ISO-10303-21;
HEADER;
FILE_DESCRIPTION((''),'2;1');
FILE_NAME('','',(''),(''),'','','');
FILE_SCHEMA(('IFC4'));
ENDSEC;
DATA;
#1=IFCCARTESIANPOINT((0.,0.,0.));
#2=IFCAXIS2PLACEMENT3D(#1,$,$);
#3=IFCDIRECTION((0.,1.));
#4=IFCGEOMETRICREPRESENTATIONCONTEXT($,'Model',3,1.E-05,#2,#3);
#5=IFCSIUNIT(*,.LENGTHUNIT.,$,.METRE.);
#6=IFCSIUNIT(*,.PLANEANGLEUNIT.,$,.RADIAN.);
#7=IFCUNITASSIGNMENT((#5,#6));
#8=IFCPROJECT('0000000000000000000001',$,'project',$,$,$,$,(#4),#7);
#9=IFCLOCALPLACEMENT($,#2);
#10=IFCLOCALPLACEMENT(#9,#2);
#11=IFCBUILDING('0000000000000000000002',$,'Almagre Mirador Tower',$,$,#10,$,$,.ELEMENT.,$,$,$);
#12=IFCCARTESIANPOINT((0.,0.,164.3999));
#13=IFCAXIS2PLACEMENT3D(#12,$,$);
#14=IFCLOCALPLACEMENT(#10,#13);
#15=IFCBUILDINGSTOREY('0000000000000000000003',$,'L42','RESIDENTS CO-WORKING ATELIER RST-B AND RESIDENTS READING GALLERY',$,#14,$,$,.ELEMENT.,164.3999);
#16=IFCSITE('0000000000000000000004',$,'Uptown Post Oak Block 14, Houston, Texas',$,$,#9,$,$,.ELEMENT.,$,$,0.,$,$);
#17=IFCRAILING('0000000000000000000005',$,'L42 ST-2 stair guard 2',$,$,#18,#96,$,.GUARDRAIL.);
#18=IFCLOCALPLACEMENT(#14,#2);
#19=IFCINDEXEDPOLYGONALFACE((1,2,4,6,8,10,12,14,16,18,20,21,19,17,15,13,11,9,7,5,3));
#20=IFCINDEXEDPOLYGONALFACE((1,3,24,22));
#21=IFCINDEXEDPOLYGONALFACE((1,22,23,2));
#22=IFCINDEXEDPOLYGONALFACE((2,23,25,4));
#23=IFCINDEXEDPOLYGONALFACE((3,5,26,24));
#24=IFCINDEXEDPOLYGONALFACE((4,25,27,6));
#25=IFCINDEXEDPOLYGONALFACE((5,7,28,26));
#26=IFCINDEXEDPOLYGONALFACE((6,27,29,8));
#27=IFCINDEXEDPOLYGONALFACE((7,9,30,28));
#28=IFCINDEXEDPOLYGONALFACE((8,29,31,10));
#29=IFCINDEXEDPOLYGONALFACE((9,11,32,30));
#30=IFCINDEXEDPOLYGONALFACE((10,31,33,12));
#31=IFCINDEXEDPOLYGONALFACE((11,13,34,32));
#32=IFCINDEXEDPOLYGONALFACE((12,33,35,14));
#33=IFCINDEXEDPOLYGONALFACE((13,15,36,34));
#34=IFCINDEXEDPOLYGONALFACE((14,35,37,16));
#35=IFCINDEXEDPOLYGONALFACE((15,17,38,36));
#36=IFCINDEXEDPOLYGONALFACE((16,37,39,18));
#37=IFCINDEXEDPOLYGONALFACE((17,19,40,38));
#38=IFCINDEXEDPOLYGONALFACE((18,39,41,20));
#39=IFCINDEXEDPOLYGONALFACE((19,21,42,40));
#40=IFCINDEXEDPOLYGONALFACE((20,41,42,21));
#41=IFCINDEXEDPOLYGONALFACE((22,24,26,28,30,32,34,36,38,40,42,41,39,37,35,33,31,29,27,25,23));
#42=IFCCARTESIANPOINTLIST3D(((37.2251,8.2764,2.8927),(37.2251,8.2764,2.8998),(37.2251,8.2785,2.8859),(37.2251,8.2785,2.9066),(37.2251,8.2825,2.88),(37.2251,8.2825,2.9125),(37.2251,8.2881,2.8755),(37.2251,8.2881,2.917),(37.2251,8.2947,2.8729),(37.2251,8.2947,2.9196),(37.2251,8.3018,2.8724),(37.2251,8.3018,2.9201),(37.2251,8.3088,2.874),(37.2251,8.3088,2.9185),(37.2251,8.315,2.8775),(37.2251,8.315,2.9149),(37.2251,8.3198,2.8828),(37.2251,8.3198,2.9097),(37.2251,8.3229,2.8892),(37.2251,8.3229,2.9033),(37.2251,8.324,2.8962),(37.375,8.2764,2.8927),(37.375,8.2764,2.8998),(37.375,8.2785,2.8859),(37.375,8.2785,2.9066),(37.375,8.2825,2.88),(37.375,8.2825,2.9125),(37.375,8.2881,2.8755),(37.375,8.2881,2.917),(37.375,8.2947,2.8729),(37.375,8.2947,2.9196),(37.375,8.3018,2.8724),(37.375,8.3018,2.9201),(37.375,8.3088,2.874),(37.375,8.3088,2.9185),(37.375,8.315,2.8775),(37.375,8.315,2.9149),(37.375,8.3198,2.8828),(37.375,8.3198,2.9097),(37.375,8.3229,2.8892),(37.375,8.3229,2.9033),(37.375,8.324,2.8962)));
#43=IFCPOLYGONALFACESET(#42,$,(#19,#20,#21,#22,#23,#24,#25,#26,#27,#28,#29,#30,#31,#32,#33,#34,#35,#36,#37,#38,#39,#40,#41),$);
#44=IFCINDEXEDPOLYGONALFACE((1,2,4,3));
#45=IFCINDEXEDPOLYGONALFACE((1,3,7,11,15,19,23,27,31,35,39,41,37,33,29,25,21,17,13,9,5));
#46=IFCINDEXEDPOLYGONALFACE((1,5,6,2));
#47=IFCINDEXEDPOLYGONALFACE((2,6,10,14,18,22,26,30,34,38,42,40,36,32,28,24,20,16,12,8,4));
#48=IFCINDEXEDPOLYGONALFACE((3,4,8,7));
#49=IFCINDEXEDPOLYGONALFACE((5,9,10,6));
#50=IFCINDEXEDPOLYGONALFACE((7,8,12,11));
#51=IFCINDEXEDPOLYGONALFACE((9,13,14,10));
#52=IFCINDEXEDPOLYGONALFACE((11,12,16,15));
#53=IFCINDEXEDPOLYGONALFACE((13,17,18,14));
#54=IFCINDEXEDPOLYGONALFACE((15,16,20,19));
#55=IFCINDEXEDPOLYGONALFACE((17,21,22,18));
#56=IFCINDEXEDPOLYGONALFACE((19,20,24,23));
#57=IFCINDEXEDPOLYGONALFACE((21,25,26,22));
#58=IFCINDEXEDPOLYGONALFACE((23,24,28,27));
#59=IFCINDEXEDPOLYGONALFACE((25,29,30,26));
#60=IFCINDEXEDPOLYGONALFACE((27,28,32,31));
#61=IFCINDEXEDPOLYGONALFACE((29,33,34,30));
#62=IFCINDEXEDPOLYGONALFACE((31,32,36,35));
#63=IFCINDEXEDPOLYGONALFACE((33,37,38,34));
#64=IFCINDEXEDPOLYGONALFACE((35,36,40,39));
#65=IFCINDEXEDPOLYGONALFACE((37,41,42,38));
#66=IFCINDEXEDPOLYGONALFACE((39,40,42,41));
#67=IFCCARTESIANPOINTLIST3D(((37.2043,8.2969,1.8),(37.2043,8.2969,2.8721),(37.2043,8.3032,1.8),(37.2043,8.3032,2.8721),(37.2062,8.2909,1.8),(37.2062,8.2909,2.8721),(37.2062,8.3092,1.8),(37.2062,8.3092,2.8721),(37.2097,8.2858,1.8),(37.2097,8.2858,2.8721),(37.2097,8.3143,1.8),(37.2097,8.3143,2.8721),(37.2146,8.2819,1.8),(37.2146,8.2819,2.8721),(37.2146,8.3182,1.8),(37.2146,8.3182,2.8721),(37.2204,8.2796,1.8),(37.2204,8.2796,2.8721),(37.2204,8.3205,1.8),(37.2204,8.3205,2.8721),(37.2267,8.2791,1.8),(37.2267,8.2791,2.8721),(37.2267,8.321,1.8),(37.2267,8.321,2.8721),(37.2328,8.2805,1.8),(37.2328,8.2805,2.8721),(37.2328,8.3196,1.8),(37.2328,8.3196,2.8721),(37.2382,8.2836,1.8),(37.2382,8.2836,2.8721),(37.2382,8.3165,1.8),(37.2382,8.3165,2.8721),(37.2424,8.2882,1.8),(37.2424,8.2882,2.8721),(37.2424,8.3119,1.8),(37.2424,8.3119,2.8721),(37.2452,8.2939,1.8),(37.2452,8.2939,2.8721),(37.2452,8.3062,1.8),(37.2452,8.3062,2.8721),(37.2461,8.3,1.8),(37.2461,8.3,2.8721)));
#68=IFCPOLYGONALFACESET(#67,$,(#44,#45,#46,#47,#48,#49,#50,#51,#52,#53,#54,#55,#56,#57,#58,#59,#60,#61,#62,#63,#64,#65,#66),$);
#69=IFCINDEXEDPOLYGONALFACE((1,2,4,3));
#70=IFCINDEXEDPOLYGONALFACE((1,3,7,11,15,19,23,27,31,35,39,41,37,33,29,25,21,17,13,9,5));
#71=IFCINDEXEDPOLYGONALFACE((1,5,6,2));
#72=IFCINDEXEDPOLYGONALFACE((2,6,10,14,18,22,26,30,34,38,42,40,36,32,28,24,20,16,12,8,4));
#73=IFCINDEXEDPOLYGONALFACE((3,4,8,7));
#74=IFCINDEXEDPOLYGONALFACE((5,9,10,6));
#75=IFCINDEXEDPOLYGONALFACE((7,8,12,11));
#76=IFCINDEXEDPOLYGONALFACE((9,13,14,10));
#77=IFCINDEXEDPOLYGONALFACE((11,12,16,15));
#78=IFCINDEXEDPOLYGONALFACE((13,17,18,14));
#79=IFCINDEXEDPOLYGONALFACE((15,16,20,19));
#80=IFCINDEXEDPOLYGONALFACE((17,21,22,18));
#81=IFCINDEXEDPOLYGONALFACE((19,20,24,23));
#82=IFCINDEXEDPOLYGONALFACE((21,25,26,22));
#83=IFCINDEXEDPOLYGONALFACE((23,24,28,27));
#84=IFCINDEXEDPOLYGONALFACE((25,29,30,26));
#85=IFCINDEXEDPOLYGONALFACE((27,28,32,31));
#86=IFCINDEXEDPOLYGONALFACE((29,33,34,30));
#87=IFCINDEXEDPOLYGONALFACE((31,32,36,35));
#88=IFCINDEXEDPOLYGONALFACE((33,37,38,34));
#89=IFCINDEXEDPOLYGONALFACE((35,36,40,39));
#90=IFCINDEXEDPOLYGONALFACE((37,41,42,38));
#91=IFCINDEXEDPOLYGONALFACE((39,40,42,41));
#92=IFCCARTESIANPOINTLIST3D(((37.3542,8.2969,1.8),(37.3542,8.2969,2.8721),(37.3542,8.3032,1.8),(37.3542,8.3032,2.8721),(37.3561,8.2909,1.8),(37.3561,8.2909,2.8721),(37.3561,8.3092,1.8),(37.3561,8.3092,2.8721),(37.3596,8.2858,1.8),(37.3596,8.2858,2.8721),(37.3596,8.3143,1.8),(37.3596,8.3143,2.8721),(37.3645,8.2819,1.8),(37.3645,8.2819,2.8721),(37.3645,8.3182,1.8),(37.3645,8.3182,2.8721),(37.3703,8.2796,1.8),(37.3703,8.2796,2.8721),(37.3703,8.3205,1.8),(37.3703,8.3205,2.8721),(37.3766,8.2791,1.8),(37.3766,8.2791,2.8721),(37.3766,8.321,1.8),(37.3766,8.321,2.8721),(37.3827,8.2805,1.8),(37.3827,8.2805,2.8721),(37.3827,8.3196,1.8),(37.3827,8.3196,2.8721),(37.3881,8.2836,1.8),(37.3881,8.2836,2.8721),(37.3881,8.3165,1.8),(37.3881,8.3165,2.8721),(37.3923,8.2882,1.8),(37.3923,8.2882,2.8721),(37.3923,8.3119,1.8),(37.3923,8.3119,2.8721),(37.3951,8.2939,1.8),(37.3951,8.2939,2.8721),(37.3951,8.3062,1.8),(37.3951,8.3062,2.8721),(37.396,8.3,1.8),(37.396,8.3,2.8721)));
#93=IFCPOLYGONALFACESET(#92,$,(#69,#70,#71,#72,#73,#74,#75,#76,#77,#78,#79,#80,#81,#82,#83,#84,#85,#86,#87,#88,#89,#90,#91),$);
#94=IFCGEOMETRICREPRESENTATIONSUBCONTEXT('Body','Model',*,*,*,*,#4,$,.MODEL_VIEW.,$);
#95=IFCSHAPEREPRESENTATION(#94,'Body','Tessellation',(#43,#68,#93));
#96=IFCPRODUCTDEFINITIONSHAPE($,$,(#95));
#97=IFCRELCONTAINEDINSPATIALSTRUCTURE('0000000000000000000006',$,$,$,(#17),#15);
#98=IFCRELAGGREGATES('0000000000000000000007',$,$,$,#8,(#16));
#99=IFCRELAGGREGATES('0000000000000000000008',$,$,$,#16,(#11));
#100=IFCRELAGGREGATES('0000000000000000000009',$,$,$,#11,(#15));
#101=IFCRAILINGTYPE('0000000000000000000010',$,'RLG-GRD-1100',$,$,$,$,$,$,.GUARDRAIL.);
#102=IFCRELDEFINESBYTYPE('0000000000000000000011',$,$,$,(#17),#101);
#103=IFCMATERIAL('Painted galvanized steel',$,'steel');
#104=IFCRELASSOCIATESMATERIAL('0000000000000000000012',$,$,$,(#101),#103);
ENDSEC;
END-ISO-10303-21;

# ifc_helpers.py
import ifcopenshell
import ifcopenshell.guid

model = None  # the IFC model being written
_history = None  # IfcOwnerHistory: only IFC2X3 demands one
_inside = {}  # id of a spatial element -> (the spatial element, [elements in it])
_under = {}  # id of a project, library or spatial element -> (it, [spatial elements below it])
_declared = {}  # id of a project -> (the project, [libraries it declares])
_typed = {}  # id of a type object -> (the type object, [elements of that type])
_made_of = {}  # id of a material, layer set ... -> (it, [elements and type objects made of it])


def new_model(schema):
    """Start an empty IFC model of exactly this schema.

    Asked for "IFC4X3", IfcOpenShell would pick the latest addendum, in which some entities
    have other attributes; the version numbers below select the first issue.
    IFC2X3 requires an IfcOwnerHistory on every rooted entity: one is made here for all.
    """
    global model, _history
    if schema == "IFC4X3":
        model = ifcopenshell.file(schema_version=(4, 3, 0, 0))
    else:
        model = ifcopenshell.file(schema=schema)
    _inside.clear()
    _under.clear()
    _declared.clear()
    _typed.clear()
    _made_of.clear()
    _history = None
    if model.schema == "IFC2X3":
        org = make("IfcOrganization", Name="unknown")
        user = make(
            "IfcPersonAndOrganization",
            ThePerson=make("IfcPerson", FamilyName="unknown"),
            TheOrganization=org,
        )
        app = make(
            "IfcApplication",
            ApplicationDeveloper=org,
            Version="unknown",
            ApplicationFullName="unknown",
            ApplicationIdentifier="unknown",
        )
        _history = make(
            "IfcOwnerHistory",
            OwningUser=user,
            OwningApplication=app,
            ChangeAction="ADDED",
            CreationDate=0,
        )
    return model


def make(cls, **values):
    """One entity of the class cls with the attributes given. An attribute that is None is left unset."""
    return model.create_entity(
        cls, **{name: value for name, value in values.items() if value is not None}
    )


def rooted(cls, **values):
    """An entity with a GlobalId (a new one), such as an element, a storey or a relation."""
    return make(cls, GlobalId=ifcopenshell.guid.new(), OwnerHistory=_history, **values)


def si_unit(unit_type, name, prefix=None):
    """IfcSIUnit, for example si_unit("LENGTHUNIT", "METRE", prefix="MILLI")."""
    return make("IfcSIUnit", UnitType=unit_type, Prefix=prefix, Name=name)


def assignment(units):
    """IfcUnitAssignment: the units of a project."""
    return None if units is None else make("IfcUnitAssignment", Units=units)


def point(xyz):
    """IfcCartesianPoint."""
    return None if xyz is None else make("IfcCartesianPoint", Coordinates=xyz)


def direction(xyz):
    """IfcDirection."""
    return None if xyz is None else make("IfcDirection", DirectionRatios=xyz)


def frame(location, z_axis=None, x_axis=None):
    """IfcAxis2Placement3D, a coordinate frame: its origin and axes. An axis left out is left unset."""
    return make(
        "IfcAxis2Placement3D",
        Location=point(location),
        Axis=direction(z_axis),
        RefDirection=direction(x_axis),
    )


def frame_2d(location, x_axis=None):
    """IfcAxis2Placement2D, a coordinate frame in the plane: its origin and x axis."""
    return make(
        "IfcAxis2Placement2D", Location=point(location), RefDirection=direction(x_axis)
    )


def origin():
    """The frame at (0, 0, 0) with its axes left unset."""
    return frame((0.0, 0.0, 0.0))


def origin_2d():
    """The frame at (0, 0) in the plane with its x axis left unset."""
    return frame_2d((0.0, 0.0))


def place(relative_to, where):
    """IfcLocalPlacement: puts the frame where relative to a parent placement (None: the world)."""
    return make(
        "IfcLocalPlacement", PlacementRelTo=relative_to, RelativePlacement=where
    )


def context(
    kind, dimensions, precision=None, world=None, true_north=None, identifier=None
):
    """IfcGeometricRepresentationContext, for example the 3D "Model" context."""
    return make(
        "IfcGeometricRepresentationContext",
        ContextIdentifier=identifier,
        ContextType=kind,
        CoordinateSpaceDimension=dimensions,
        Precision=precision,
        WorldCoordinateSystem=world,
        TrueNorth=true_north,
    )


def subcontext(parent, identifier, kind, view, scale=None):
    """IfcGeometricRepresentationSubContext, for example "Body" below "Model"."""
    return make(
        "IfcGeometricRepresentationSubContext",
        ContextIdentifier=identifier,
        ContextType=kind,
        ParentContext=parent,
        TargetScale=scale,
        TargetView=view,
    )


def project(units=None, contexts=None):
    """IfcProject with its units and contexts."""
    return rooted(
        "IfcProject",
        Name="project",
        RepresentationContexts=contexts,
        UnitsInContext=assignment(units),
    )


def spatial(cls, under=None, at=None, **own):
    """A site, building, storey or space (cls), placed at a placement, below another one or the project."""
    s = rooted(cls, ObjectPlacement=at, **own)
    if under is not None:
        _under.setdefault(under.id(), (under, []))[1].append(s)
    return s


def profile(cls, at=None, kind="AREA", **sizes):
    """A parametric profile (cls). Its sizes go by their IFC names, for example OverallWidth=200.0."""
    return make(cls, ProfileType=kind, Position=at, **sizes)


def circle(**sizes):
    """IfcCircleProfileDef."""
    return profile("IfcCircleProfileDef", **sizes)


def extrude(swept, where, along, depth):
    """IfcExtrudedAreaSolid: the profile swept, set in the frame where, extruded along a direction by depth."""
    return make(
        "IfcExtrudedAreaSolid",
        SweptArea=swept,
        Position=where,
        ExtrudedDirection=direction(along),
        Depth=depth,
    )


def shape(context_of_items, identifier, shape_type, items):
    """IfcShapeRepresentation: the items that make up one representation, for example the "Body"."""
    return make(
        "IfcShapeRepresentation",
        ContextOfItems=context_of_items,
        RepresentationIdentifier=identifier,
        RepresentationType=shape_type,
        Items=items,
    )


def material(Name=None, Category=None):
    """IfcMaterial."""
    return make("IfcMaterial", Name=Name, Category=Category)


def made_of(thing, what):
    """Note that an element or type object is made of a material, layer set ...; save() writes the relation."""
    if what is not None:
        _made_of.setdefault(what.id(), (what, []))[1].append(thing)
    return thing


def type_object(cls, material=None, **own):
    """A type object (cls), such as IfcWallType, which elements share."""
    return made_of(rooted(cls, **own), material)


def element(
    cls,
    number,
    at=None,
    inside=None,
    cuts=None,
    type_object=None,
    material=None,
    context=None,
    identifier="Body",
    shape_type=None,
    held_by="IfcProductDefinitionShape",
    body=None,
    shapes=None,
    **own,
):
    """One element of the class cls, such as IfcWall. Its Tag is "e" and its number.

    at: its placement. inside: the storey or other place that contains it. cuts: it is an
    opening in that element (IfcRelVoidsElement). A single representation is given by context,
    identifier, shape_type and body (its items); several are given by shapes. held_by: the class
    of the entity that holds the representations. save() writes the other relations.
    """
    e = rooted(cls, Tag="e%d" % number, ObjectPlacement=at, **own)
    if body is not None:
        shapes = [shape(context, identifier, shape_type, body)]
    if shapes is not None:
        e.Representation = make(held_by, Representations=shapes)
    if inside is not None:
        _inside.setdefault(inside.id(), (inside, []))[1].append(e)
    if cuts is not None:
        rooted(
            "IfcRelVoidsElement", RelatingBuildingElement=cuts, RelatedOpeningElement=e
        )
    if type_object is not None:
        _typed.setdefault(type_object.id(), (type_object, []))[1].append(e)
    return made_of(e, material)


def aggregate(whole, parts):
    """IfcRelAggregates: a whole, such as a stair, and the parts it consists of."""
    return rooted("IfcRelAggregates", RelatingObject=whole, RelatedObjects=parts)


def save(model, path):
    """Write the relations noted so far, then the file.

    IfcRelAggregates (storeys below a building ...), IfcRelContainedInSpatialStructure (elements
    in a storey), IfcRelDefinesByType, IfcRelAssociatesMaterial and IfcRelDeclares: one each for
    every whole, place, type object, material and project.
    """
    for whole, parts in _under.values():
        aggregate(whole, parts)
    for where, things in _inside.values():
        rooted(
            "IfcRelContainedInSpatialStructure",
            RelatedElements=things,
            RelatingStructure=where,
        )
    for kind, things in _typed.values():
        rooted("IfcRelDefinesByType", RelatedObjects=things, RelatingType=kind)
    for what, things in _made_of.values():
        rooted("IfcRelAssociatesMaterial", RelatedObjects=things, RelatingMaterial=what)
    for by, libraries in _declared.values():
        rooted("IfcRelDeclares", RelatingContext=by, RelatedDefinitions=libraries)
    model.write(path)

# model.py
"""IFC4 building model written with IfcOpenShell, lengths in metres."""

from ifc_helpers import new_model, si_unit, direction, frame, origin, origin_2d, place, context, subcontext, project, spatial, circle, extrude, material, type_object, element, save


model = new_model("IFC4")

# Units and contexts
model_context = context("Model", 3, precision=1e-05, world=origin(), true_north=direction((0.0, 1.0)))
body_context = subcontext(model_context, "Body", "Model", "MODEL_VIEW")
ifc_project = project(units=[si_unit("LENGTHUNIT", "METRE"), si_unit("PLANEANGLEUNIT", "RADIAN")], contexts=[model_context])

# Site, building, storey
site_placement = place(None, origin())
site = spatial("IfcSite", under=ifc_project, at=site_placement, Name="Uptown Post Oak Block 14, Houston, Texas", CompositionType="ELEMENT", RefElevation=0.0)
building_placement = place(site_placement, origin())
building = spatial("IfcBuilding", under=site, at=building_placement, Name="Almagre Mirador Tower", CompositionType="ELEMENT")
storey_placement = place(building_placement, frame((0.0, 0.0, 164.3999)))
storey = spatial("IfcBuildingStorey", under=building, at=storey_placement, Name="L42", Description="RESIDENTS CO-WORKING ATELIER RST-B AND RESIDENTS READING GALLERY", CompositionType="ELEMENT", Elevation=164.3999)

# Railing
ifc_material_1 = material(Name="Painted galvanized steel", Category="steel")
railing_type_1 = type_object("IfcRailingType", Name="RLG-GRD-1100", PredefinedType="GUARDRAIL", material=ifc_material_1)
railing_1_placement = place(storey_placement, frame((37.2251, 8.3, 1.8)))
element("IfcRailing", 1, at=railing_1_placement, inside=storey, type_object=railing_type_1, Name="L42 ST-2 stair guard 2", PredefinedType="GUARDRAIL", context=body_context, shape_type="SweptSolid", body=[
    extrude(circle(Radius=0.0239, at=origin_2d()), frame((0.0, 0.0, 1.0962), z_axis=(1.0, 0.0, 0.0), x_axis=(0.0, 1.0, 0.0)), (0.0, 0.0, 1.0), 0.1499),
    extrude(circle(Radius=0.021, at=origin_2d()), origin(), (0.0, 0.0, 1.0), 1.072),
    extrude(circle(Radius=0.021, at=origin_2d()), frame((0.1499, 0.0, 0.0)), (0.0, 0.0, 1.0), 1.072),
])

save(model, "model.ifc")
